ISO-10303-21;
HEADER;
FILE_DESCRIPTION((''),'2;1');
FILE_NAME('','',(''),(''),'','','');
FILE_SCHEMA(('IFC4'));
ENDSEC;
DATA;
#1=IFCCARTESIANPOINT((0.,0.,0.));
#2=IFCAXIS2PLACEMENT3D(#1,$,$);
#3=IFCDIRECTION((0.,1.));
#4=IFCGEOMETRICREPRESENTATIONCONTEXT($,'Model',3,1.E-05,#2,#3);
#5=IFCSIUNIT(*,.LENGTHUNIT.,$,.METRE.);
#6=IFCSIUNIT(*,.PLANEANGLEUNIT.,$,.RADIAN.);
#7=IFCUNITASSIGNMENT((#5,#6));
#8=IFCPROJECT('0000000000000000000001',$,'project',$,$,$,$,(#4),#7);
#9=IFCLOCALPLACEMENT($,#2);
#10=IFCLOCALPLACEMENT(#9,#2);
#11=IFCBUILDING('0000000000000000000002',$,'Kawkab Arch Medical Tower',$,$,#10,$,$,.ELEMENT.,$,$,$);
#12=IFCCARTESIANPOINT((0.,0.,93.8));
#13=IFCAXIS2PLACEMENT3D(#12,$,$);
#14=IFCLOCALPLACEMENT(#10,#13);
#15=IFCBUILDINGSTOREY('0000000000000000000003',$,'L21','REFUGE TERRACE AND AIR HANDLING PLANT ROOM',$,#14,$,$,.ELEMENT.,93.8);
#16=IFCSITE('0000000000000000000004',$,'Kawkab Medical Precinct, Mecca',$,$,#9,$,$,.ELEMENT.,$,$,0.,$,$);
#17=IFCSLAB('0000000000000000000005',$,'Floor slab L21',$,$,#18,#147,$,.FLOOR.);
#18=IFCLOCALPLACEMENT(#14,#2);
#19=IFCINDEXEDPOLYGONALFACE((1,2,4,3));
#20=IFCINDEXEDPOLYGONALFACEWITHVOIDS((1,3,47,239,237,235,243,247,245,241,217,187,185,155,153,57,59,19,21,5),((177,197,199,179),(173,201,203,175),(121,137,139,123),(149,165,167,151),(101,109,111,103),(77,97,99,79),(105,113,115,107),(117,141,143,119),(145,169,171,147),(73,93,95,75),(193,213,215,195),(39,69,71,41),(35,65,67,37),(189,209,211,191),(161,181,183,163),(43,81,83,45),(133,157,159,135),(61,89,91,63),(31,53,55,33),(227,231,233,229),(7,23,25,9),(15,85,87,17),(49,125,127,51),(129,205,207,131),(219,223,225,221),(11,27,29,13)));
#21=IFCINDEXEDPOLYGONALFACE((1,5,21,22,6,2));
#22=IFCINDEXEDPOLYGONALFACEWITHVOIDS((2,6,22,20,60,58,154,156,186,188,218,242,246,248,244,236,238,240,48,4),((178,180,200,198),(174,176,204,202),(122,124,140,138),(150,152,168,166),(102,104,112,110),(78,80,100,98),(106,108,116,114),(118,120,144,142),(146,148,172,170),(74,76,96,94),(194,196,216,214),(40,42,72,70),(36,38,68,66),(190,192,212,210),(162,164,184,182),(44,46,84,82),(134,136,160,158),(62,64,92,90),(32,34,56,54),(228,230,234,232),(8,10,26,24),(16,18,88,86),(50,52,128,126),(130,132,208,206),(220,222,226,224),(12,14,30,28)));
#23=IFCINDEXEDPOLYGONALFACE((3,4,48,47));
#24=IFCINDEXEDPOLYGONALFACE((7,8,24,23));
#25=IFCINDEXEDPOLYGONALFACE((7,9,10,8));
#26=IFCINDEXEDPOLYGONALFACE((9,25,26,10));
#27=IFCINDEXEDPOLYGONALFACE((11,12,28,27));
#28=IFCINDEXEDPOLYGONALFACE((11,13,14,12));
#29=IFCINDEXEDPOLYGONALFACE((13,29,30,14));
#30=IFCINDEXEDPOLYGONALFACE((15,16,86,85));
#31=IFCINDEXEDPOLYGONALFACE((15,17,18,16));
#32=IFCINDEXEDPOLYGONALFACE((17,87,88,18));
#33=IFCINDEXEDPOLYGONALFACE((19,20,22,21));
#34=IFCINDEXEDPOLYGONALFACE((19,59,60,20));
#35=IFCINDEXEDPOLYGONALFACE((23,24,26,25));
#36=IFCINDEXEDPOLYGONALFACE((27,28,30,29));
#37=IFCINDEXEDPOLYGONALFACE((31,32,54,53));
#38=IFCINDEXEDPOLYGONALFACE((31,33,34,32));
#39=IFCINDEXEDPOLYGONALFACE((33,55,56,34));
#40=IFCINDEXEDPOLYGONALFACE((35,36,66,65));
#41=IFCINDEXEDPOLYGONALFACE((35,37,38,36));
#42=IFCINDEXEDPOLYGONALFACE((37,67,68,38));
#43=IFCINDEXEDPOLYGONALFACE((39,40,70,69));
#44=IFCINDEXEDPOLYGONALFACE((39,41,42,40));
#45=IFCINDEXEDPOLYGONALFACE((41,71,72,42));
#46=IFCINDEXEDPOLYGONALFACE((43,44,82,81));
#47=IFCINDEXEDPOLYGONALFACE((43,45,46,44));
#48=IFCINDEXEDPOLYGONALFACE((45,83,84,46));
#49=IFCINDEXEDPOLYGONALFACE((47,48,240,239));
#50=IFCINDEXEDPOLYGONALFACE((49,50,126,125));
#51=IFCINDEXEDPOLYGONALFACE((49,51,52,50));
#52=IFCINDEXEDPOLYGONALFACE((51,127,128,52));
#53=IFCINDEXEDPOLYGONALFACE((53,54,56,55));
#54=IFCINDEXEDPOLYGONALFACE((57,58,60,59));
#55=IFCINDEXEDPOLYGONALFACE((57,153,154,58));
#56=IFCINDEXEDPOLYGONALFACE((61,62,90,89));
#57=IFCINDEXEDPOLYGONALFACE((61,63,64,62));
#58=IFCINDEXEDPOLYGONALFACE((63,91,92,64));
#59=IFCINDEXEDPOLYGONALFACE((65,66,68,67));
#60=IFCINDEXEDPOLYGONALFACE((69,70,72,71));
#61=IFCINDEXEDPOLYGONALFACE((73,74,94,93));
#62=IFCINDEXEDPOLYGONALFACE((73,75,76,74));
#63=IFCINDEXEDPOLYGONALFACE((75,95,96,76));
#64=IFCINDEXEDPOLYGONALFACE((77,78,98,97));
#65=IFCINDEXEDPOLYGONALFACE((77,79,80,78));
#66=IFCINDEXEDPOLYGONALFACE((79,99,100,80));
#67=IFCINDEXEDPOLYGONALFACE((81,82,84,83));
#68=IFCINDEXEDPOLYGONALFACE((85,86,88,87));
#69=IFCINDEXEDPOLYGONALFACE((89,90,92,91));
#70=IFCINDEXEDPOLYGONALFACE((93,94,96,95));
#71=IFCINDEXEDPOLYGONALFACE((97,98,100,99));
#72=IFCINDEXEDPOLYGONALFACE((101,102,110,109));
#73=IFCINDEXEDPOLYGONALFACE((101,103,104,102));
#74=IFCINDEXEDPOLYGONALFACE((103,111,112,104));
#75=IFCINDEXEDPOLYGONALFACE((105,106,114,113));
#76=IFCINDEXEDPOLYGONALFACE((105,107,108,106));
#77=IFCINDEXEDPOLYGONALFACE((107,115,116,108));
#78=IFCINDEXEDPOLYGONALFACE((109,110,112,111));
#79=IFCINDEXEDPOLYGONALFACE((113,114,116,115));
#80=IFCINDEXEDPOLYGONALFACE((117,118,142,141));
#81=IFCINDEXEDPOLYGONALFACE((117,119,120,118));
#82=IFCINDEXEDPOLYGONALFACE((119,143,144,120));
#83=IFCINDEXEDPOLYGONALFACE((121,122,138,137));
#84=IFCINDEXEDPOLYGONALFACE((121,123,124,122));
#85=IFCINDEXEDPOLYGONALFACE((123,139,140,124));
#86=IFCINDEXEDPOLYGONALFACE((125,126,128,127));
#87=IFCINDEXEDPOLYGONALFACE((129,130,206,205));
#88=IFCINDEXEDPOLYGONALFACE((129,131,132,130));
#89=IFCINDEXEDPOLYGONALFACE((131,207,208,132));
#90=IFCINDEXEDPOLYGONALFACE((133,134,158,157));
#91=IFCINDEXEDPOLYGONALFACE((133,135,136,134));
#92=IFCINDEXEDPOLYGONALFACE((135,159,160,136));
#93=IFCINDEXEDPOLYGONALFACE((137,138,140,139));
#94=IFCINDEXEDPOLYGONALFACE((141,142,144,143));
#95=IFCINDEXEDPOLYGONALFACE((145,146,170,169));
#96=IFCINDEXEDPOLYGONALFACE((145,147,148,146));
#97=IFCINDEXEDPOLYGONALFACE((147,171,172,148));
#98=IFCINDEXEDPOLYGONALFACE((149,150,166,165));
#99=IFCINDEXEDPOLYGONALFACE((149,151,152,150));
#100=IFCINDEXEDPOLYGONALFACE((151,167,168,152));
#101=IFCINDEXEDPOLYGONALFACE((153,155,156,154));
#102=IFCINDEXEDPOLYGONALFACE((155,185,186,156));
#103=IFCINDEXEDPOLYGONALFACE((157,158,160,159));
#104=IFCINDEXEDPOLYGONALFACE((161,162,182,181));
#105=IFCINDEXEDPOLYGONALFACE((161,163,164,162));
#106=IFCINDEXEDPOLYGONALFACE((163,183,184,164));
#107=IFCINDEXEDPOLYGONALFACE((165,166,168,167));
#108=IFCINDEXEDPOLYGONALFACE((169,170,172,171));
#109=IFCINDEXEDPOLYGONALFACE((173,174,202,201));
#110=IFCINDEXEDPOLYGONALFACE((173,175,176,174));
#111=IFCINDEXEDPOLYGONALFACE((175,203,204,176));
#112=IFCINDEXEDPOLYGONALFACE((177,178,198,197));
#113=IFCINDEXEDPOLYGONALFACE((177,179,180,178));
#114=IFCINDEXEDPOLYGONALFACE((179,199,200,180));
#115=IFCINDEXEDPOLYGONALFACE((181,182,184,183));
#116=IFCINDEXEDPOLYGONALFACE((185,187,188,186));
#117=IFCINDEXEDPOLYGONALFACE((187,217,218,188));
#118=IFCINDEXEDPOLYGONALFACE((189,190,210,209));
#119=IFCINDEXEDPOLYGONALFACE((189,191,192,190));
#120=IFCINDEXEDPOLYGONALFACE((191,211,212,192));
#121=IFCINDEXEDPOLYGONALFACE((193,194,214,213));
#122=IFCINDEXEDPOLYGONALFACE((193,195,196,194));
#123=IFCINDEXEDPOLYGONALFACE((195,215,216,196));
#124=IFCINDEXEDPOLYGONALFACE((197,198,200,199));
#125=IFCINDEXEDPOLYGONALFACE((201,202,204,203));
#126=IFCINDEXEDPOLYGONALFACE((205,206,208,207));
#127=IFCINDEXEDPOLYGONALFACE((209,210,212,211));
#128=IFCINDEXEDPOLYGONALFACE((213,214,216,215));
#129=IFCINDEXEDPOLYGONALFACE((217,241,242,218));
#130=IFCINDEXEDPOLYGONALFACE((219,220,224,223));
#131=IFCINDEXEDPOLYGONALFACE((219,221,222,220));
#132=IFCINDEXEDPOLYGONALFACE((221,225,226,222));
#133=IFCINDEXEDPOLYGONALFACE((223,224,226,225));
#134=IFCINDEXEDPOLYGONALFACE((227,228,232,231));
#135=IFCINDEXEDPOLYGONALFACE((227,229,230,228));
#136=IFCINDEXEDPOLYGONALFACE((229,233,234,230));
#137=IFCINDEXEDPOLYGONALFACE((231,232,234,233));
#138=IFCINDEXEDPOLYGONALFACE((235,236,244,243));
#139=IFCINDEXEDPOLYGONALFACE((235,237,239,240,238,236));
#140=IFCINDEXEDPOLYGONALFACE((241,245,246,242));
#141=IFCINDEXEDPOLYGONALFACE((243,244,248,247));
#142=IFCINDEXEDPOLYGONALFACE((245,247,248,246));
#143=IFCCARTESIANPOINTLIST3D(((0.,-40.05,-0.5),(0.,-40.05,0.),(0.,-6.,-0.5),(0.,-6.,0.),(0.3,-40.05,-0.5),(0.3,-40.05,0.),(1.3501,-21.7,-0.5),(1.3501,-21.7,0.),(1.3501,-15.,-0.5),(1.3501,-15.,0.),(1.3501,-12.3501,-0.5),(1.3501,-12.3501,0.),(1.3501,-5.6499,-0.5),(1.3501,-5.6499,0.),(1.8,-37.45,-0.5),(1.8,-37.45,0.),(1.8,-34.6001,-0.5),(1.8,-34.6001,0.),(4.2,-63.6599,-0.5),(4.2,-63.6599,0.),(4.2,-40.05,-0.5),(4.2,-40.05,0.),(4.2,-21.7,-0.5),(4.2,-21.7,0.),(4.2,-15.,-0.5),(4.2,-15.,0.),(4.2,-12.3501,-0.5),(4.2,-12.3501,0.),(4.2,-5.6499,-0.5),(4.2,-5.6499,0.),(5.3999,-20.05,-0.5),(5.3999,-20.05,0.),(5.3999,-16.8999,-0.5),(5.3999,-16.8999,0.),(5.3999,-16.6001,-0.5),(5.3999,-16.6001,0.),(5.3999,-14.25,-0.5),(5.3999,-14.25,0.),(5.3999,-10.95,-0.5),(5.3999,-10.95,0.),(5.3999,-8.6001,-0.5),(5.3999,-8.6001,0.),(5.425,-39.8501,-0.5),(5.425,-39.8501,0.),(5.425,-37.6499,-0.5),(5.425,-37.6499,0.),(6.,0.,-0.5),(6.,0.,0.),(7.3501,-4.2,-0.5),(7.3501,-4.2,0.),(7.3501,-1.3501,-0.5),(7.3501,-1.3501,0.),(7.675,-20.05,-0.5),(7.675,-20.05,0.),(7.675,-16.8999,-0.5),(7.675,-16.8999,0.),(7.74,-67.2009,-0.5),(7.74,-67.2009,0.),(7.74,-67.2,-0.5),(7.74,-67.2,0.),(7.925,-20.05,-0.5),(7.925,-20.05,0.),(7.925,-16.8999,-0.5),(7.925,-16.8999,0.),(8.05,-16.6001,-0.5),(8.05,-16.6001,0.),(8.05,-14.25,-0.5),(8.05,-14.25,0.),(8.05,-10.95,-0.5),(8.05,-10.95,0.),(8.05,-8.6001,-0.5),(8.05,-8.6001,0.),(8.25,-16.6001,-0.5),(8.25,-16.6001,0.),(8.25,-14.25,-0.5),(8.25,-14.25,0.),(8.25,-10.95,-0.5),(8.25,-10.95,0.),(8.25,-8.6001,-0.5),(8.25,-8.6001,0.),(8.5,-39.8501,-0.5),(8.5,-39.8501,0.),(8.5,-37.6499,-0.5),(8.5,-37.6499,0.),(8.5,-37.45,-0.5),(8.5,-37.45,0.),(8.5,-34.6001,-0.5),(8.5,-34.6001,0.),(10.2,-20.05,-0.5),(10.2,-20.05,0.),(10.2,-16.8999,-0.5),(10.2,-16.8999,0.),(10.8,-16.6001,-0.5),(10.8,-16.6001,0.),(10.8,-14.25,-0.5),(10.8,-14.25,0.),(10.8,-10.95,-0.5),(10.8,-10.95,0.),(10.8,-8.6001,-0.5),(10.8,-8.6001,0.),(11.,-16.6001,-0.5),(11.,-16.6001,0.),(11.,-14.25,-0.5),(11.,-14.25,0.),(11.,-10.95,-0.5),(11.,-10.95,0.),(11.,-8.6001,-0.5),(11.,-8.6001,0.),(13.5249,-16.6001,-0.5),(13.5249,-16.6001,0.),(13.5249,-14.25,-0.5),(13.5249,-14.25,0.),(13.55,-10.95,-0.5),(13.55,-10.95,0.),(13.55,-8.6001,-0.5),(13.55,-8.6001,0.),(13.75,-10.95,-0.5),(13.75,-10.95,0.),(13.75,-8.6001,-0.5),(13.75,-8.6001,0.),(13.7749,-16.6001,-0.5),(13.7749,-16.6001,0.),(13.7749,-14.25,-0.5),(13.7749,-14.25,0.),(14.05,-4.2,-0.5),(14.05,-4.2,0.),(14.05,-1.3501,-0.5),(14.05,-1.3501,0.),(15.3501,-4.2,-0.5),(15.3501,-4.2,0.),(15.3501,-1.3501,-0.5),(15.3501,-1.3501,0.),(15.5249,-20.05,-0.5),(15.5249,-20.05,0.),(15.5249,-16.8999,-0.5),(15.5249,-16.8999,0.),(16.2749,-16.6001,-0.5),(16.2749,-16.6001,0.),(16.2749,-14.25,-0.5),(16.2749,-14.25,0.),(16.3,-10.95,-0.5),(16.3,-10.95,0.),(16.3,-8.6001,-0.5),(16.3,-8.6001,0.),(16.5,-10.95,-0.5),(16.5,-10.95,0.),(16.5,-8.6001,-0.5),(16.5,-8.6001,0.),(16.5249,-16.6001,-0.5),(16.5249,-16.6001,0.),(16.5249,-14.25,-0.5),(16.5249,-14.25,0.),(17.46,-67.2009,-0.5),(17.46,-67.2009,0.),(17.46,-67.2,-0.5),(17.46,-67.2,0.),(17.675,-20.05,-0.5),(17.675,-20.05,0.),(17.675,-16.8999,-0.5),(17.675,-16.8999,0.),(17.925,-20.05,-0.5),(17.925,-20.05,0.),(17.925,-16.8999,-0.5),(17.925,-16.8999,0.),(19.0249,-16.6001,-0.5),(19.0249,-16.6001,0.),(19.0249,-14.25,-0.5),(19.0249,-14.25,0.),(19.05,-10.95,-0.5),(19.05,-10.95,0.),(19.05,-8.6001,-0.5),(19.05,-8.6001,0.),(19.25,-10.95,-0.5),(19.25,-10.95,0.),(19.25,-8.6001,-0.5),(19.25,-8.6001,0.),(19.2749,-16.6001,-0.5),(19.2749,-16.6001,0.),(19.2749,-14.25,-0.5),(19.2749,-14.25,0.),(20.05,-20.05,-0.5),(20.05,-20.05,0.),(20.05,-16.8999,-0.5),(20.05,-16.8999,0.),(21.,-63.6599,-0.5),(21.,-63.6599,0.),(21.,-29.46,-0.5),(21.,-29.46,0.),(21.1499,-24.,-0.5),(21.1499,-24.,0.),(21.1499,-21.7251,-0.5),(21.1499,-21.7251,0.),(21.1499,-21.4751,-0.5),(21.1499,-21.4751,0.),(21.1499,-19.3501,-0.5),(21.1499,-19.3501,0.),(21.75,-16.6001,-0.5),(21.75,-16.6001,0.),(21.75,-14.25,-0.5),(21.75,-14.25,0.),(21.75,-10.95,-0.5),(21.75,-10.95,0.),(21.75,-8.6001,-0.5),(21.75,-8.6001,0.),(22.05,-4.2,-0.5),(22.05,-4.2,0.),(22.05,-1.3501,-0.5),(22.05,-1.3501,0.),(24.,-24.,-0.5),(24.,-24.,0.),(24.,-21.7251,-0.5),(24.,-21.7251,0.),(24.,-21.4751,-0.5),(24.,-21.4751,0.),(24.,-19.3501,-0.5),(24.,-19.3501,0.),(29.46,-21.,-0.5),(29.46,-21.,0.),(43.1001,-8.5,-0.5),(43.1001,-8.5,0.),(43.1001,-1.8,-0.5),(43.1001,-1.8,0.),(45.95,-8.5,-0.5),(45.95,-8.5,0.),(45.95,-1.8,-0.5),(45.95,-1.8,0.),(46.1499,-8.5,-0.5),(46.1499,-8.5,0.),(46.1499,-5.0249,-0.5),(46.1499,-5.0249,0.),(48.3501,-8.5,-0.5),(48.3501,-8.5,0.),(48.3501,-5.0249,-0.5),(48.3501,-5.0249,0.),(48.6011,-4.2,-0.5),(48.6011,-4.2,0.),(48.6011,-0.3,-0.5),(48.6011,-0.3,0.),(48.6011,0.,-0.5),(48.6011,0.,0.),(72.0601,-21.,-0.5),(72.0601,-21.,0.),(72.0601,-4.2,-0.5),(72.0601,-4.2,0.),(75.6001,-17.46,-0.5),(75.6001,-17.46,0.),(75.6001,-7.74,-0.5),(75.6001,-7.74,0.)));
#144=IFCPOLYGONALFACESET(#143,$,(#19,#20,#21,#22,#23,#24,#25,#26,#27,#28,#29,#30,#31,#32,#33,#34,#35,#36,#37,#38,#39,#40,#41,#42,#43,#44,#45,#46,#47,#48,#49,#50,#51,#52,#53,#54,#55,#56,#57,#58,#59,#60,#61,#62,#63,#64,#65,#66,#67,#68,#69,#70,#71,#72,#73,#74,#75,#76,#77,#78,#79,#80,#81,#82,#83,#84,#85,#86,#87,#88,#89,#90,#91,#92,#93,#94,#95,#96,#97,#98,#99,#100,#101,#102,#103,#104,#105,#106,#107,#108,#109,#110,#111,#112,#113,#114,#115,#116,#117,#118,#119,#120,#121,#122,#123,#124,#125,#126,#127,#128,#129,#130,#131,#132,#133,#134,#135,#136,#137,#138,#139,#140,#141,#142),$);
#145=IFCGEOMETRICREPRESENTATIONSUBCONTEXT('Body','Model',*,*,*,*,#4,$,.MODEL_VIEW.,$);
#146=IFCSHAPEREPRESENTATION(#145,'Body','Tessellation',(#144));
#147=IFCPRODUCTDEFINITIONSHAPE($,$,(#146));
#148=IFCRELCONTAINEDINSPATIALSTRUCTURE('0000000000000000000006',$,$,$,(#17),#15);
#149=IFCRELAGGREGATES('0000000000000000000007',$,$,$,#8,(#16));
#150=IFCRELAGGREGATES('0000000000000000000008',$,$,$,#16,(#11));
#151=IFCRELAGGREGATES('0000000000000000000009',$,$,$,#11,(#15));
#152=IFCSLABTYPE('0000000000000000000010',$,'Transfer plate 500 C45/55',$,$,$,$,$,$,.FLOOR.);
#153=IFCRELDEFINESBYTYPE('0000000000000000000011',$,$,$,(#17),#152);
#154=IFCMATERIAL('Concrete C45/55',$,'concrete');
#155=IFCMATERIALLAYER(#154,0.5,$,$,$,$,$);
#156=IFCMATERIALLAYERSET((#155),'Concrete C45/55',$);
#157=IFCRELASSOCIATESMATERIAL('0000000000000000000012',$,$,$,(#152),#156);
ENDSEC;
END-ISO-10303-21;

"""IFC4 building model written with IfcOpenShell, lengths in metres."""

from ifc_helpers import new_model, si_unit, direction, frame, origin, place, context, subcontext, project, spatial, polyline, outline, extrude, material, layer, layer_set, type_object, element, save


model = new_model("IFC4")

# Units and contexts
model_context = context("Model", 3, precision=1e-05, world=origin(), true_north=direction((0.0, 1.0)))
body_context = subcontext(model_context, "Body", "Model", "MODEL_VIEW")
ifc_project = project(units=[si_unit("LENGTHUNIT", "METRE"), si_unit("PLANEANGLEUNIT", "RADIAN")], contexts=[model_context])

# Site, building, storey
site_placement = place(None, origin())
site = spatial("IfcSite", under=ifc_project, at=site_placement, Name="Kawkab Medical Precinct, Mecca", CompositionType="ELEMENT", RefElevation=0.0)
building_placement = place(site_placement, origin())
building = spatial("IfcBuilding", under=site, at=building_placement, Name="Kawkab Arch Medical Tower", CompositionType="ELEMENT")
storey_placement = place(building_placement, frame((0.0, 0.0, 93.8)))
storey = spatial("IfcBuildingStorey", under=building, at=storey_placement, Name="L21", Description="REFUGE TERRACE AND AIR HANDLING PLANT ROOM", CompositionType="ELEMENT", Elevation=93.8)

# Slab
placement_1 = place(storey_placement, frame((0.0, 0.0, -0.5)))
ifc_material_1 = material(Name="Concrete C45/55", Category="concrete")
ifc_layer_1 = layer(ifc_material_1, 0.5)
ifc_layer_set_1 = layer_set([ifc_layer_1], Name="Concrete C45/55")
slab_type_1 = type_object("IfcSlabType", Name="Transfer plate 500 C45/55", PredefinedType="FLOOR", material=ifc_layer_set_1)
element("IfcSlab", 1, at=placement_1, inside=storey, type_object=slab_type_1, Name="Floor slab L21", PredefinedType="FLOOR", context=body_context, shape_type="SweptSolid", body=[
    extrude(outline(polyline([(48.6011, 0.0), (48.6011, -0.3), (48.6011, -4.2), (72.0601, -4.2), (75.6001, -7.74), (75.6001, -17.46), (72.0601, -21.0), (29.46, -21.0), (21.0, -29.46), (21.0, -63.6599), (17.46, -67.2), (17.46, -67.2009), (7.74, -67.2009), (7.74, -67.2), (4.2, -63.6599), (4.2, -40.05), (0.3, -40.05), (0.0, -40.05), (0.0, -6.0), (6.0, 0.0), (48.6011, 0.0)]), holes=[polyline([(5.425, -37.6499), (5.425, -39.8501), (8.5, -39.8501), (8.5, -37.6499), (5.425, -37.6499)]), polyline([(1.8, -37.45), (8.5, -37.45), (8.5, -34.6001), (1.8, -34.6001), (1.8, -37.45)]), polyline([(5.3999, -16.8999), (5.3999, -20.05), (7.675, -20.05), (7.675, -16.8999), (5.3999, -16.8999)]), polyline([(10.2, -16.8999), (7.925, -16.8999), (7.925, -20.05), (10.2, -20.05), (10.2, -16.8999)]), polyline([(4.2, -21.7), (4.2, -15.0), (1.3501, -15.0), (1.3501, -21.7), (4.2, -21.7)]), polyline([(5.3999, -14.25), (5.3999, -16.6001), (8.05, -16.6001), (8.05, -14.25), (5.3999, -14.25)]), polyline([(10.8, -14.25), (8.25, -14.25), (8.25, -16.6001), (10.8, -16.6001), (10.8, -14.25)]), polyline([(11.0, -14.25), (11.0, -16.6001), (13.5249, -16.6001), (13.5249, -14.25), (11.0, -14.25)]), polyline([(5.3999, -8.6001), (5.3999, -10.95), (8.05, -10.95), (8.05, -8.6001), (5.3999, -8.6001)]), polyline([(10.8, -8.6001), (8.25, -8.6001), (8.25, -10.95), (10.8, -10.95), (10.8, -8.6001)]), polyline([(11.0, -10.95), (13.55, -10.95), (13.55, -8.6001), (11.0, -8.6001), (11.0, -10.95)]), polyline([(4.2, -12.3501), (4.2, -5.6499), (1.3501, -5.6499), (1.3501, -12.3501), (4.2, -12.3501)]), polyline([(7.3501, -4.2), (14.05, -4.2), (14.05, -1.3501), (7.3501, -1.3501), (7.3501, -4.2)]), polyline([(24.0, -21.7251), (21.1499, -21.7251), (21.1499, -24.0), (24.0, -24.0), (24.0, -21.7251)]), polyline([(24.0, -21.4751), (24.0, -19.3501), (21.1499, -19.3501), (21.1499, -21.4751), (24.0, -21.4751)]), polyline([(15.5249, -16.8999), (15.5249, -20.05), (17.675, -20.05), (17.675, -16.8999), (15.5249, -16.8999)]), polyline([(17.925, -20.05), (20.05, -20.05), (20.05, -16.8999), (17.925, -16.8999), (17.925, -20.05)]), polyline([(16.2749, -14.25), (13.7749, -14.25), (13.7749, -16.6001), (16.2749, -16.6001), (16.2749, -14.25)]), polyline([(19.0249, -14.25), (16.5249, -14.25), (16.5249, -16.6001), (19.0249, -16.6001), (19.0249, -14.25)]), polyline([(19.2749, -16.6001), (21.75, -16.6001), (21.75, -14.25), (19.2749, -14.25), (19.2749, -16.6001)]), polyline([(13.75, -8.6001), (13.75, -10.95), (16.3, -10.95), (16.3, -8.6001), (13.75, -8.6001)]), polyline([(16.5, -8.6001), (16.5, -10.95), (19.05, -10.95), (19.05, -8.6001), (16.5, -8.6001)]), polyline([(19.25, -10.95), (21.75, -10.95), (21.75, -8.6001), (19.25, -8.6001), (19.25, -10.95)]), polyline([(46.1499, -5.0249), (46.1499, -8.5), (48.3501, -8.5), (48.3501, -5.0249), (46.1499, -5.0249)]), polyline([(43.1001, -1.8), (43.1001, -8.5), (45.95, -8.5), (45.95, -1.8), (43.1001, -1.8)]), polyline([(22.05, -1.3501), (15.3501, -1.3501), (15.3501, -4.2), (22.05, -4.2), (22.05, -1.3501)])]), origin(), (0.0, 0.0, 1.0), 0.5),
])

save(model, "model.ifc")
